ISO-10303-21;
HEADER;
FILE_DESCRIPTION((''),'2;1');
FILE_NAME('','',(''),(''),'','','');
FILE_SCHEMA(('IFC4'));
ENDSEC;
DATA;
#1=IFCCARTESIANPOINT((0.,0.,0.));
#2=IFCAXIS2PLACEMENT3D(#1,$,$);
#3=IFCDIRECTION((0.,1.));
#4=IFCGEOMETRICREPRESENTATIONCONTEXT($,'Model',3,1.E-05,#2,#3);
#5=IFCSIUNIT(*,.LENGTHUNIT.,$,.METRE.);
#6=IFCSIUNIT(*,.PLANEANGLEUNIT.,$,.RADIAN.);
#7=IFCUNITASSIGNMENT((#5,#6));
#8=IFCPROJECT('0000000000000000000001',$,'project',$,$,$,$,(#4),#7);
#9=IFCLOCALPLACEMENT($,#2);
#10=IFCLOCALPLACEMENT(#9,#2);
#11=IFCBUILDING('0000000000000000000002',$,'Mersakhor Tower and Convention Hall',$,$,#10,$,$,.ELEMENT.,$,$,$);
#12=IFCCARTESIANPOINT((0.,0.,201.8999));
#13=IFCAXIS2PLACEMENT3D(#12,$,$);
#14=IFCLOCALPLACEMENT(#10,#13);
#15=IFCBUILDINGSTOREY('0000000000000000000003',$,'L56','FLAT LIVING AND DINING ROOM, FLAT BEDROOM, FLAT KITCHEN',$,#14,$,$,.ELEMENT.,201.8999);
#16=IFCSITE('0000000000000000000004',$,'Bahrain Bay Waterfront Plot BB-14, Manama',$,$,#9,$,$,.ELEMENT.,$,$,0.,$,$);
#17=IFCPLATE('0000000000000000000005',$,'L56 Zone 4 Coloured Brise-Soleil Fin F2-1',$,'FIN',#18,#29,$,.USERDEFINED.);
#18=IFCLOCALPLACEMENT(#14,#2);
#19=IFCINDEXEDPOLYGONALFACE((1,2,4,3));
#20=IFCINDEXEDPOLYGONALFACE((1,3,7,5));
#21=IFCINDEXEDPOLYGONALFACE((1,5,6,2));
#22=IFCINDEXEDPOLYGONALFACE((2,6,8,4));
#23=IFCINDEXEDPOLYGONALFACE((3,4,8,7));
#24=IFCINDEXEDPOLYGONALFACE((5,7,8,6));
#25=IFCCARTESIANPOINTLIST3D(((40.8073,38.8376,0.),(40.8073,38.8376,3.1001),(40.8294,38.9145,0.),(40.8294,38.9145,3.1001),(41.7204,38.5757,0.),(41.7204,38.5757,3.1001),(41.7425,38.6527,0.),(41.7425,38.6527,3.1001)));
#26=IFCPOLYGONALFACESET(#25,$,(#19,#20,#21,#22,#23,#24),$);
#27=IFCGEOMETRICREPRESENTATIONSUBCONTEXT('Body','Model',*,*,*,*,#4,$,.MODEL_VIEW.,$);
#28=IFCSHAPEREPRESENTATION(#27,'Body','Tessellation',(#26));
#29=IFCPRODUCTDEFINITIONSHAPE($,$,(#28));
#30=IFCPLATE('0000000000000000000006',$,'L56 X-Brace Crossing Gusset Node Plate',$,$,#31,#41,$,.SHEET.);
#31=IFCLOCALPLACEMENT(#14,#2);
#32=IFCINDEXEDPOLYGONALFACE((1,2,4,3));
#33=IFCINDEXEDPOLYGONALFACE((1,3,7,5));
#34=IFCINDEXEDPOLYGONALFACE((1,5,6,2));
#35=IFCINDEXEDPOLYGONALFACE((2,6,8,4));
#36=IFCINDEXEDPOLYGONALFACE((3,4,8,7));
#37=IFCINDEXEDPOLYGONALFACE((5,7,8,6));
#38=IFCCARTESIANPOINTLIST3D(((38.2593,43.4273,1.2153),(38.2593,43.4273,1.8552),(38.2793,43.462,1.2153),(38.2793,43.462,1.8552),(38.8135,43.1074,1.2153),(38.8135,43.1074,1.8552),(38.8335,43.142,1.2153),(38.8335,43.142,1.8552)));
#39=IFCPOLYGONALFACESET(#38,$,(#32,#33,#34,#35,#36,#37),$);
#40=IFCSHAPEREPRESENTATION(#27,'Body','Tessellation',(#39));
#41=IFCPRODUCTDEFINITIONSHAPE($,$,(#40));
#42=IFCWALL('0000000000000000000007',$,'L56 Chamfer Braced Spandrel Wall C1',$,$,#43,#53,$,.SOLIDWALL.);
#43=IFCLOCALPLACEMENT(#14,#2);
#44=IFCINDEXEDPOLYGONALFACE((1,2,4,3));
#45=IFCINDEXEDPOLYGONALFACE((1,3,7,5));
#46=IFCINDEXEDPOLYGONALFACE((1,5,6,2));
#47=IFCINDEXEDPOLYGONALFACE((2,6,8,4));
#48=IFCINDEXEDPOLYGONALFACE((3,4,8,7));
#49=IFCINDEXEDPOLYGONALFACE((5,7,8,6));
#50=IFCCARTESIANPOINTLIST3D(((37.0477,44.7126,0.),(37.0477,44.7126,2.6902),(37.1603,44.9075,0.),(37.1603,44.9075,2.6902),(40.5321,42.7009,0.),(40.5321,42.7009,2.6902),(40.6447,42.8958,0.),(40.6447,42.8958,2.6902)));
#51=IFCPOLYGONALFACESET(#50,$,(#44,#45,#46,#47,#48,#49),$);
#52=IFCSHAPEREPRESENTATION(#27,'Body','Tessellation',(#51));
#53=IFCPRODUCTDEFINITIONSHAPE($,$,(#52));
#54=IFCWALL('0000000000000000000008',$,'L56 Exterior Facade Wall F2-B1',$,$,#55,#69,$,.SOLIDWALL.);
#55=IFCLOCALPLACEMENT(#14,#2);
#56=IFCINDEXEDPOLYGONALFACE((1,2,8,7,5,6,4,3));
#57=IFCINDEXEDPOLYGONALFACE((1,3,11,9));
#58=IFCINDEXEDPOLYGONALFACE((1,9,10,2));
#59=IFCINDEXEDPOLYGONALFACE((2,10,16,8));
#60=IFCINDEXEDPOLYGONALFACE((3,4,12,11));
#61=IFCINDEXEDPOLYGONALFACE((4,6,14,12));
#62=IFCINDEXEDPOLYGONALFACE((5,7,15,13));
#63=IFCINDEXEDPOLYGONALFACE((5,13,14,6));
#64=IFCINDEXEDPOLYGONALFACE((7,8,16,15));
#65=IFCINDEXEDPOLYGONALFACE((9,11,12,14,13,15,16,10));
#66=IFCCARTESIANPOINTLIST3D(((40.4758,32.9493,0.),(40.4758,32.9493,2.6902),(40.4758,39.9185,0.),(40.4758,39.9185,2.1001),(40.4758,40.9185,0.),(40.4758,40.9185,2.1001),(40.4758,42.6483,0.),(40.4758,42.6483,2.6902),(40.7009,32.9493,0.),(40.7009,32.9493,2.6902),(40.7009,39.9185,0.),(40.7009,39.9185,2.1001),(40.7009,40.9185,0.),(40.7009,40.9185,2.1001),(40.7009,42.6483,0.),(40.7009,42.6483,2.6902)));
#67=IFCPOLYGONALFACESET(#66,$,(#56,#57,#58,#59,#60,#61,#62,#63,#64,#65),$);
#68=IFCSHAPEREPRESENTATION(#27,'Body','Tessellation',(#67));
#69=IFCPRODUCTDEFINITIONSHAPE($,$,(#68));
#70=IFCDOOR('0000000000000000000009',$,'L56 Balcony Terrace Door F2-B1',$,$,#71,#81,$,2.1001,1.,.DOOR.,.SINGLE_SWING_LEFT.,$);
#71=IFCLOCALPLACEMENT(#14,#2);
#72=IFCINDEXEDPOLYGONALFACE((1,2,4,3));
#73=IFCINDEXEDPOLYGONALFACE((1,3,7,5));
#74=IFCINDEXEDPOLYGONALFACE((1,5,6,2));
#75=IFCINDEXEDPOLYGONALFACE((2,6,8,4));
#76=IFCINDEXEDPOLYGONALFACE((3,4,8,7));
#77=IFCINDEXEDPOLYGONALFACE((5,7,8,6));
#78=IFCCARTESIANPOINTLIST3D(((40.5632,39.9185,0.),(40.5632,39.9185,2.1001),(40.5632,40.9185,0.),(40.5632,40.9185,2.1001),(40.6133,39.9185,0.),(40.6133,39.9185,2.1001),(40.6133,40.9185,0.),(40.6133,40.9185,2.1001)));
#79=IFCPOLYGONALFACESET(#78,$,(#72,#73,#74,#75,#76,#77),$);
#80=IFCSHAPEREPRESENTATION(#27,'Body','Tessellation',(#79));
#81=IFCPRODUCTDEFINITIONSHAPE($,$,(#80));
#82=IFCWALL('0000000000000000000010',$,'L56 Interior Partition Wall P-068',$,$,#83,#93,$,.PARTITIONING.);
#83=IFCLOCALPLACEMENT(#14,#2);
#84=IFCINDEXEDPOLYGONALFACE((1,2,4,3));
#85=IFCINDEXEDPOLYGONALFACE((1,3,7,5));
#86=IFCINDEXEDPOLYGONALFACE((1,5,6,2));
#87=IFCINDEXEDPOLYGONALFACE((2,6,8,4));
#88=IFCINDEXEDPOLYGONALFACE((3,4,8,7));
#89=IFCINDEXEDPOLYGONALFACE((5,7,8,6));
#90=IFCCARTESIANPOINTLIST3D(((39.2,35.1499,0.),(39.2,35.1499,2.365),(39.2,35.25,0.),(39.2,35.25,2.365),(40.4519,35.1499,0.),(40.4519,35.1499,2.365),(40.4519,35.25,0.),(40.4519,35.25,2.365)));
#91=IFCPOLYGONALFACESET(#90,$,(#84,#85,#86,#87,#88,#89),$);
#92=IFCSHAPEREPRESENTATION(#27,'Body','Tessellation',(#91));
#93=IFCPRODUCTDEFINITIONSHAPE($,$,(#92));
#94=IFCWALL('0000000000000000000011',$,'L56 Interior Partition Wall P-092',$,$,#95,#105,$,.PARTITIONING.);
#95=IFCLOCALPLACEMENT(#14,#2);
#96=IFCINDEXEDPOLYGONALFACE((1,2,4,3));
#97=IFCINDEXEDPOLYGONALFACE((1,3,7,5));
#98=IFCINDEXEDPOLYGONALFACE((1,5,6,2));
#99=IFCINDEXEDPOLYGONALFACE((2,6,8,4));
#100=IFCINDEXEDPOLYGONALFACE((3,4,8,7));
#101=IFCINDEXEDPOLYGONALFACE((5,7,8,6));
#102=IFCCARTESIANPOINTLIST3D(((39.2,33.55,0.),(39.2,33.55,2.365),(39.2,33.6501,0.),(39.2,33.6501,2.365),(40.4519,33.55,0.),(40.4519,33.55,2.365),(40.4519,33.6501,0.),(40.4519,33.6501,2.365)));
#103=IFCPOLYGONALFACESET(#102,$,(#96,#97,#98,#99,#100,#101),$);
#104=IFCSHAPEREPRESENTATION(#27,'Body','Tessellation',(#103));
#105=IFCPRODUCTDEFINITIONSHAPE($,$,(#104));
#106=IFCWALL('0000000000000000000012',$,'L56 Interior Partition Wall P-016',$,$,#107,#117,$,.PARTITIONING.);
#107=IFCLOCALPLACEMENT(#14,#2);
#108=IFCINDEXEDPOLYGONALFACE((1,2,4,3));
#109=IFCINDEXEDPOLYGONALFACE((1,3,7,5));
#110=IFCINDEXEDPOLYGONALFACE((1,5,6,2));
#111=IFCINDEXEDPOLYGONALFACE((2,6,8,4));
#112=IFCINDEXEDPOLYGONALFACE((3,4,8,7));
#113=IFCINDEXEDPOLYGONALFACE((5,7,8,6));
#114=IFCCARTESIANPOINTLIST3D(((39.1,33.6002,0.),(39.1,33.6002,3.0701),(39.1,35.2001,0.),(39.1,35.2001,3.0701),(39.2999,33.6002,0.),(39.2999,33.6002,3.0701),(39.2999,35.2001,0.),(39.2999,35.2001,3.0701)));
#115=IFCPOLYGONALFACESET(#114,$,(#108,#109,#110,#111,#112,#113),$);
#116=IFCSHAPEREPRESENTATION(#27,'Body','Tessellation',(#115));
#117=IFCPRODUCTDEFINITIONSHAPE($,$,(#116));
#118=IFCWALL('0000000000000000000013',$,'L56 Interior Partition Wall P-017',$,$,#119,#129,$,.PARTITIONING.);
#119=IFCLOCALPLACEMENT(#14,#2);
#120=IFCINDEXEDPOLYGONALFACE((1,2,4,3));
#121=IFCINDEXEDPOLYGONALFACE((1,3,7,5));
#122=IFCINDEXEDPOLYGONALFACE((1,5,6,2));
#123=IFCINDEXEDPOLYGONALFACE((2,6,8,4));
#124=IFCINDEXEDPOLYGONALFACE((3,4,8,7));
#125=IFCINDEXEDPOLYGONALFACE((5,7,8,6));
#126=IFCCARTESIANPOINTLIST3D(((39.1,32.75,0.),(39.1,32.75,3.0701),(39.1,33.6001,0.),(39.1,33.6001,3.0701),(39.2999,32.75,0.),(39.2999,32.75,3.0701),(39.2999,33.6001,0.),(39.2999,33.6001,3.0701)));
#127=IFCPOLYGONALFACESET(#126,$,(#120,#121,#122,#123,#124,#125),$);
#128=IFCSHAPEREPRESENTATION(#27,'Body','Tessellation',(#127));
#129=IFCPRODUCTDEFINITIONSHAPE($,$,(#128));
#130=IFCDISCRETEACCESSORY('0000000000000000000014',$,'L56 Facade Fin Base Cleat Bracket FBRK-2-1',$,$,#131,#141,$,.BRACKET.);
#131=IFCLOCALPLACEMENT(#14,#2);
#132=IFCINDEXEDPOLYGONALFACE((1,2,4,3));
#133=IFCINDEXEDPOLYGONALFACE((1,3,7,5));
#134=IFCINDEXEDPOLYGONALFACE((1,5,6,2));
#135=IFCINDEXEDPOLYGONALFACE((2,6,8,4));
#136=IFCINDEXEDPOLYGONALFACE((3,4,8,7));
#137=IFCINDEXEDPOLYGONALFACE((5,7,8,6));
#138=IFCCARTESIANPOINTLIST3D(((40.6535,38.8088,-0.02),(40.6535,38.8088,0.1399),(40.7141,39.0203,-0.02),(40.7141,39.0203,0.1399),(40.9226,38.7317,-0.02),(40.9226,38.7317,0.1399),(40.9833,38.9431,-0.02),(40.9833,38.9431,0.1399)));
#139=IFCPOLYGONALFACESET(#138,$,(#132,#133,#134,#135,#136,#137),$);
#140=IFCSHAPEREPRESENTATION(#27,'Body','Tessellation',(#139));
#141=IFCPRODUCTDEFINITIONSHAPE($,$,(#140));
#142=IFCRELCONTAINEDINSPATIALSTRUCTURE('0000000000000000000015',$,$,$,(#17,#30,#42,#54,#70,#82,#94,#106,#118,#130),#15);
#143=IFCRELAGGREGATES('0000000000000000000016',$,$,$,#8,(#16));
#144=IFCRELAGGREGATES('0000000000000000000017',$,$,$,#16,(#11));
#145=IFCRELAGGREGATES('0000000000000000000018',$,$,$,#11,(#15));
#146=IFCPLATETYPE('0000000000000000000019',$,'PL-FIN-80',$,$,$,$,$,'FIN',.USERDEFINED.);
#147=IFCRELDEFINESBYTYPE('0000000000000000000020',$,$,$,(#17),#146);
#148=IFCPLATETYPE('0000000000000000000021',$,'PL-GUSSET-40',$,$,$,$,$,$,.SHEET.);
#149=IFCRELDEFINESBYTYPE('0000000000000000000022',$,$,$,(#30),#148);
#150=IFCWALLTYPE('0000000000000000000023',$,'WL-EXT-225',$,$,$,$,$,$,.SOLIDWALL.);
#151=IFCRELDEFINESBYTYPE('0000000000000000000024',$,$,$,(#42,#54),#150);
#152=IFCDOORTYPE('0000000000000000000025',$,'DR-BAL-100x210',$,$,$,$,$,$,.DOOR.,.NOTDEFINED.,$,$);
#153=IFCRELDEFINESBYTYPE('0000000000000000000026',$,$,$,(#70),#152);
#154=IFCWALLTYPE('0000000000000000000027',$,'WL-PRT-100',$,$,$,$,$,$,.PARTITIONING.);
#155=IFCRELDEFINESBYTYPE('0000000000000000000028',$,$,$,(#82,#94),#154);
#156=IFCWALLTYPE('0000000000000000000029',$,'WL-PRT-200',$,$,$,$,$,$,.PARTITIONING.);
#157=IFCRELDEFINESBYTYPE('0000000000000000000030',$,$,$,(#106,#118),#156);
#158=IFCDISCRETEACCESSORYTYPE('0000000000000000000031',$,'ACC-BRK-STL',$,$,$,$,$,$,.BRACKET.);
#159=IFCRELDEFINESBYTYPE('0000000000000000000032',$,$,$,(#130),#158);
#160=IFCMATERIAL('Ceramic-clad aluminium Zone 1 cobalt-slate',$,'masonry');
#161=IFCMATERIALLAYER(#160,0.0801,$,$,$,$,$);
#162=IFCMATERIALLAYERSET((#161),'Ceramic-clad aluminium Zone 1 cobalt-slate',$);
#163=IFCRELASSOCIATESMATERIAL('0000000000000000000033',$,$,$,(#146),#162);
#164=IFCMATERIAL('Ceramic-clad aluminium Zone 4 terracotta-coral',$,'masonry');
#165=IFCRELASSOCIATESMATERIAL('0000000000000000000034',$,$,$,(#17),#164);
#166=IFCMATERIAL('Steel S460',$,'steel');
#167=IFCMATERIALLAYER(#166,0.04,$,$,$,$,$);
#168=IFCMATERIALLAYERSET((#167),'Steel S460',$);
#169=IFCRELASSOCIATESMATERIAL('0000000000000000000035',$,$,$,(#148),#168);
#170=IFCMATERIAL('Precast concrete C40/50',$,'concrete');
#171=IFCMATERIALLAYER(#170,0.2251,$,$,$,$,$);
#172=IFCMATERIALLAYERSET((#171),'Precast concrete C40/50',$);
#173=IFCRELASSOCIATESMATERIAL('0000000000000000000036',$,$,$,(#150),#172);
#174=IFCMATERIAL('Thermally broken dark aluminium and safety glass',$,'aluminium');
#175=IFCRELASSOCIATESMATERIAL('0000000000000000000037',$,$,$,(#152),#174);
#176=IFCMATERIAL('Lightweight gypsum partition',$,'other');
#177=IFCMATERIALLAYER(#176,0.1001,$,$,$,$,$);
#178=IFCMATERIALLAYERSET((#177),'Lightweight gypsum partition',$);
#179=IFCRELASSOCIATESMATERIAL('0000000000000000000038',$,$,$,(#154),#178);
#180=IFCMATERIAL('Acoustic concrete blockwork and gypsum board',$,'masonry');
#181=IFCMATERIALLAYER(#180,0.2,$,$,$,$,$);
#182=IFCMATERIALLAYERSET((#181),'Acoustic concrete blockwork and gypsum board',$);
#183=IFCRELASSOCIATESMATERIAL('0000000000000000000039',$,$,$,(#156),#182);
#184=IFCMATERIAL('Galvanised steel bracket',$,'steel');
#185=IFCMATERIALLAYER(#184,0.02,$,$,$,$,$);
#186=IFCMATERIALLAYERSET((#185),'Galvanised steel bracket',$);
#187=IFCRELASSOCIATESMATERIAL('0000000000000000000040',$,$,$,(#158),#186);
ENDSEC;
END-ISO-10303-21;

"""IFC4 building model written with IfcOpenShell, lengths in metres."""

from ifc_helpers import new_model, si_unit, direction, frame, frame_2d, origin, origin_2d, place, context, subcontext, project, spatial, rectangle, extrude, material, layer, layer_set, type_object, element, fill, save


model = new_model("IFC4")

# Units and contexts
model_context = context("Model", 3, precision=1e-05, world=origin(), true_north=direction((0.0, 1.0)))
body_context = subcontext(model_context, "Body", "Model", "MODEL_VIEW")
ifc_project = project(units=[si_unit("LENGTHUNIT", "METRE"), si_unit("PLANEANGLEUNIT", "RADIAN")], contexts=[model_context])

# Site, building, storey
site_placement = place(None, origin())
site = spatial("IfcSite", under=ifc_project, at=site_placement, Name="Bahrain Bay Waterfront Plot BB-14, Manama", CompositionType="ELEMENT", RefElevation=0.0)
building_placement = place(site_placement, origin())
building = spatial("IfcBuilding", under=site, at=building_placement, Name="Mersakhor Tower and Convention Hall", CompositionType="ELEMENT")
storey_placement = place(building_placement, frame((0.0, 0.0, 201.8999)))
storey = spatial("IfcBuildingStorey", under=building, at=storey_placement, Name="L56", Description="FLAT LIVING AND DINING ROOM, FLAT BEDROOM, FLAT KITCHEN", CompositionType="ELEMENT", Elevation=201.8999)

# Plates
ifc_material_1 = material(Name="Ceramic-clad aluminium Zone 4 terracotta-coral", Category="masonry")
ifc_material_2 = material(Name="Ceramic-clad aluminium Zone 1 cobalt-slate", Category="masonry")
ifc_layer_1 = layer(ifc_material_2, 0.0801)
ifc_layer_set_1 = layer_set([ifc_layer_1], Name="Ceramic-clad aluminium Zone 1 cobalt-slate")
plate_type_1 = type_object("IfcPlateType", Name="PL-FIN-80", ElementType="FIN", PredefinedType="USERDEFINED", material=ifc_layer_set_1)
plate_1_placement = place(storey_placement, frame((41.2749, 38.7451, 0.0), z_axis=(0.0, 0.0, 1.0), x_axis=(0.961262, -0.275637, 0.0)))
element("IfcPlate", 1, at=plate_1_placement, inside=storey, type_object=plate_type_1, material=ifc_material_1, Name="L56 Zone 4 Coloured Brise-Soleil Fin F2-1", ObjectType="FIN", PredefinedType="USERDEFINED", context=body_context, shape_type="SweptSolid", body=[
    extrude(rectangle(XDim=0.95, YDim=0.0801, at=origin_2d()), origin(), (0.0, 0.0, 1.0), 3.1001),
])
ifc_material_3 = material(Name="Steel S460", Category="steel")
ifc_layer_2 = layer(ifc_material_3, 0.04)
ifc_layer_set_2 = layer_set([ifc_layer_2], Name="Steel S460")
plate_type_2 = type_object("IfcPlateType", Name="PL-GUSSET-40", PredefinedType="SHEET", material=ifc_layer_set_2)
plate_2_placement = place(storey_placement, frame((38.5464, 43.2847, 1.2153), z_axis=(0.0, 0.0, 1.0), x_axis=(-0.866025, 0.5, 0.0)))
element("IfcPlate", 2, at=plate_2_placement, inside=storey, type_object=plate_type_2, Name="L56 X-Brace Crossing Gusset Node Plate", PredefinedType="SHEET", context=body_context, shape_type="SweptSolid", body=[
    extrude(rectangle(XDim=0.6399, YDim=0.04, at=origin_2d()), origin(), (0.0, 0.0, 1.0), 0.6399),
])

# Wall
ifc_material_4 = material(Name="Precast concrete C40/50", Category="concrete")
ifc_layer_3 = layer(ifc_material_4, 0.2251)
ifc_layer_set_3 = layer_set([ifc_layer_3], Name="Precast concrete C40/50")
wall_type_1 = type_object("IfcWallType", Name="WL-EXT-225", PredefinedType="SOLIDWALL", material=ifc_layer_set_3)
wall_1_placement = place(storey_placement, frame((37.104, 44.8101, 0.0), z_axis=(0.0, 0.0, 1.0), x_axis=(0.866024, -0.500003, 0.0)))
element("IfcWall", 3, at=wall_1_placement, inside=storey, type_object=wall_type_1, Name="L56 Chamfer Braced Spandrel Wall C1", PredefinedType="SOLIDWALL", context=body_context, shape_type="SweptSolid", body=[
    extrude(rectangle(XDim=4.0234, YDim=0.2251, at=frame_2d((2.0117, 0.0))), origin(), (0.0, 0.0, 1.0), 2.6902),
])

# Wall, opening, door
wall_2_placement = place(storey_placement, frame((40.5884, 42.6484, 0.0), z_axis=(0.0, 0.0, 1.0), x_axis=(0.0, -1.0, 0.0)))
wall_2 = element("IfcWall", 4, at=wall_2_placement, inside=storey, type_object=wall_type_1, Name="L56 Exterior Facade Wall F2-B1", PredefinedType="SOLIDWALL", context=body_context, shape_type="SweptSolid", body=[
    extrude(rectangle(XDim=9.699, YDim=0.2251, at=frame_2d((4.8496, 0.0))), origin(), (0.0, 0.0, 1.0), 2.6902),
])
opening_placement = place(wall_2_placement, frame((1.73, 0.0, 0.0)))
opening = element("IfcOpeningElement", 5, at=opening_placement, cuts=wall_2, PredefinedType="OPENING", context=body_context, shape_type="SweptSolid", body=[
    extrude(rectangle(XDim=1.0, YDim=2.1001, at=frame_2d((0.5, 1.05))), frame((0.0, 0.1226, 0.0), z_axis=(0.0, -1.0, 0.0), x_axis=(1.0, 0.0, 0.0)), (0.0, 0.0, 1.0), 0.2451),
])
ifc_material_5 = material(Name="Thermally broken dark aluminium and safety glass", Category="aluminium")
door_type = type_object("IfcDoorType", Name="DR-BAL-100x210", OperationType="NOTDEFINED", PredefinedType="DOOR", material=ifc_material_5)
door_placement = place(opening_placement, origin())
door = element("IfcDoor", 6, at=door_placement, inside=storey, type_object=door_type, Name="L56 Balcony Terrace Door F2-B1", OperationType="SINGLE_SWING_LEFT", OverallHeight=2.1001, OverallWidth=1.0, PredefinedType="DOOR", context=body_context, shape_type="SweptSolid", body=[
    extrude(rectangle(XDim=1.0, YDim=2.1001, at=frame_2d((0.5, 1.05))), frame((0.0, 0.0249, 0.0), z_axis=(0.0, -1.0, 0.0), x_axis=(1.0, 0.0, 0.0)), (0.0, 0.0, 1.0), 0.05),
])
fill(opening, door)

# Walls
ifc_material_6 = material(Name="Lightweight gypsum partition", Category="other")
ifc_layer_4 = layer(ifc_material_6, 0.1001)
ifc_layer_set_4 = layer_set([ifc_layer_4], Name="Lightweight gypsum partition")
wall_type_2 = type_object("IfcWallType", Name="WL-PRT-100", PredefinedType="PARTITIONING", material=ifc_layer_set_4)
for number, where, z_axis, x_axis, name in (
    (7, (40.4519, 35.2, 0.0), (0.0, 0.0, 1.0), (-1.0, 0.0, 0.0), "L56 Interior Partition Wall P-068"),
    (8, (39.2, 33.6001, 0.0), (0.0, 0.0, 1.0), (1.0, 0.0, 0.0), "L56 Interior Partition Wall P-092"),
):
    element("IfcWall", number, at=place(storey_placement, frame(where, z_axis=z_axis, x_axis=x_axis)), inside=storey, type_object=wall_type_2, Name=name, PredefinedType="PARTITIONING", context=body_context, shape_type="SweptSolid", body=[
        extrude(rectangle(XDim=1.252, YDim=0.1001, at=frame_2d((0.626, 0.0))), origin(), (0.0, 0.0, 1.0), 2.365),
    ])
ifc_material_7 = material(Name="Acoustic concrete blockwork and gypsum board", Category="masonry")
ifc_layer_5 = layer(ifc_material_7, 0.2)
ifc_layer_set_5 = layer_set([ifc_layer_5], Name="Acoustic concrete blockwork and gypsum board")
wall_type_3 = type_object("IfcWallType", Name="WL-PRT-200", PredefinedType="PARTITIONING", material=ifc_layer_set_5)
wall_3_placement = place(storey_placement, frame((39.2, 35.2, 0.0), z_axis=(0.0, 0.0, 1.0), x_axis=(0.0, -1.0, 0.0)))
element("IfcWall", 9, at=wall_3_placement, inside=storey, type_object=wall_type_3, Name="L56 Interior Partition Wall P-016", PredefinedType="PARTITIONING", context=body_context, shape_type="SweptSolid", body=[
    extrude(rectangle(XDim=1.5999, YDim=0.2, at=frame_2d((0.7998, 0.0))), origin(), (0.0, 0.0, 1.0), 3.0701),
])
wall_4_placement = place(storey_placement, frame((39.2, 33.6001, 0.0), z_axis=(0.0, 0.0, 1.0), x_axis=(0.0, -1.0, 0.0)))
element("IfcWall", 10, at=wall_4_placement, inside=storey, type_object=wall_type_3, Name="L56 Interior Partition Wall P-017", PredefinedType="PARTITIONING", context=body_context, shape_type="SweptSolid", body=[
    extrude(rectangle(XDim=0.8501, YDim=0.2, at=frame_2d((0.425, 0.0))), origin(), (0.0, 0.0, 1.0), 3.0701),
])

# Discrete accessory
ifc_material_8 = material(Name="Galvanised steel bracket", Category="steel")
ifc_layer_6 = layer(ifc_material_8, 0.02)
ifc_layer_set_6 = layer_set([ifc_layer_6], Name="Galvanised steel bracket")
discrete_accessory_type = type_object("IfcDiscreteAccessoryType", Name="ACC-BRK-STL", PredefinedType="BRACKET", material=ifc_layer_set_6)
discrete_accessory_placement = place(storey_placement, frame((40.8184, 38.876, -0.02), z_axis=(0.0, 0.0, 1.0), x_axis=(0.961262, -0.275637, 0.0)))
element("IfcDiscreteAccessory", 11, at=discrete_accessory_placement, inside=storey, type_object=discrete_accessory_type, Name="L56 Facade Fin Base Cleat Bracket FBRK-2-1", PredefinedType="BRACKET", context=body_context, shape_type="SweptSolid", body=[
    extrude(rectangle(XDim=0.28, YDim=0.22, at=origin_2d()), origin(), (0.0, 0.0, 1.0), 0.1599),
])

save(model, "model.ifc")
